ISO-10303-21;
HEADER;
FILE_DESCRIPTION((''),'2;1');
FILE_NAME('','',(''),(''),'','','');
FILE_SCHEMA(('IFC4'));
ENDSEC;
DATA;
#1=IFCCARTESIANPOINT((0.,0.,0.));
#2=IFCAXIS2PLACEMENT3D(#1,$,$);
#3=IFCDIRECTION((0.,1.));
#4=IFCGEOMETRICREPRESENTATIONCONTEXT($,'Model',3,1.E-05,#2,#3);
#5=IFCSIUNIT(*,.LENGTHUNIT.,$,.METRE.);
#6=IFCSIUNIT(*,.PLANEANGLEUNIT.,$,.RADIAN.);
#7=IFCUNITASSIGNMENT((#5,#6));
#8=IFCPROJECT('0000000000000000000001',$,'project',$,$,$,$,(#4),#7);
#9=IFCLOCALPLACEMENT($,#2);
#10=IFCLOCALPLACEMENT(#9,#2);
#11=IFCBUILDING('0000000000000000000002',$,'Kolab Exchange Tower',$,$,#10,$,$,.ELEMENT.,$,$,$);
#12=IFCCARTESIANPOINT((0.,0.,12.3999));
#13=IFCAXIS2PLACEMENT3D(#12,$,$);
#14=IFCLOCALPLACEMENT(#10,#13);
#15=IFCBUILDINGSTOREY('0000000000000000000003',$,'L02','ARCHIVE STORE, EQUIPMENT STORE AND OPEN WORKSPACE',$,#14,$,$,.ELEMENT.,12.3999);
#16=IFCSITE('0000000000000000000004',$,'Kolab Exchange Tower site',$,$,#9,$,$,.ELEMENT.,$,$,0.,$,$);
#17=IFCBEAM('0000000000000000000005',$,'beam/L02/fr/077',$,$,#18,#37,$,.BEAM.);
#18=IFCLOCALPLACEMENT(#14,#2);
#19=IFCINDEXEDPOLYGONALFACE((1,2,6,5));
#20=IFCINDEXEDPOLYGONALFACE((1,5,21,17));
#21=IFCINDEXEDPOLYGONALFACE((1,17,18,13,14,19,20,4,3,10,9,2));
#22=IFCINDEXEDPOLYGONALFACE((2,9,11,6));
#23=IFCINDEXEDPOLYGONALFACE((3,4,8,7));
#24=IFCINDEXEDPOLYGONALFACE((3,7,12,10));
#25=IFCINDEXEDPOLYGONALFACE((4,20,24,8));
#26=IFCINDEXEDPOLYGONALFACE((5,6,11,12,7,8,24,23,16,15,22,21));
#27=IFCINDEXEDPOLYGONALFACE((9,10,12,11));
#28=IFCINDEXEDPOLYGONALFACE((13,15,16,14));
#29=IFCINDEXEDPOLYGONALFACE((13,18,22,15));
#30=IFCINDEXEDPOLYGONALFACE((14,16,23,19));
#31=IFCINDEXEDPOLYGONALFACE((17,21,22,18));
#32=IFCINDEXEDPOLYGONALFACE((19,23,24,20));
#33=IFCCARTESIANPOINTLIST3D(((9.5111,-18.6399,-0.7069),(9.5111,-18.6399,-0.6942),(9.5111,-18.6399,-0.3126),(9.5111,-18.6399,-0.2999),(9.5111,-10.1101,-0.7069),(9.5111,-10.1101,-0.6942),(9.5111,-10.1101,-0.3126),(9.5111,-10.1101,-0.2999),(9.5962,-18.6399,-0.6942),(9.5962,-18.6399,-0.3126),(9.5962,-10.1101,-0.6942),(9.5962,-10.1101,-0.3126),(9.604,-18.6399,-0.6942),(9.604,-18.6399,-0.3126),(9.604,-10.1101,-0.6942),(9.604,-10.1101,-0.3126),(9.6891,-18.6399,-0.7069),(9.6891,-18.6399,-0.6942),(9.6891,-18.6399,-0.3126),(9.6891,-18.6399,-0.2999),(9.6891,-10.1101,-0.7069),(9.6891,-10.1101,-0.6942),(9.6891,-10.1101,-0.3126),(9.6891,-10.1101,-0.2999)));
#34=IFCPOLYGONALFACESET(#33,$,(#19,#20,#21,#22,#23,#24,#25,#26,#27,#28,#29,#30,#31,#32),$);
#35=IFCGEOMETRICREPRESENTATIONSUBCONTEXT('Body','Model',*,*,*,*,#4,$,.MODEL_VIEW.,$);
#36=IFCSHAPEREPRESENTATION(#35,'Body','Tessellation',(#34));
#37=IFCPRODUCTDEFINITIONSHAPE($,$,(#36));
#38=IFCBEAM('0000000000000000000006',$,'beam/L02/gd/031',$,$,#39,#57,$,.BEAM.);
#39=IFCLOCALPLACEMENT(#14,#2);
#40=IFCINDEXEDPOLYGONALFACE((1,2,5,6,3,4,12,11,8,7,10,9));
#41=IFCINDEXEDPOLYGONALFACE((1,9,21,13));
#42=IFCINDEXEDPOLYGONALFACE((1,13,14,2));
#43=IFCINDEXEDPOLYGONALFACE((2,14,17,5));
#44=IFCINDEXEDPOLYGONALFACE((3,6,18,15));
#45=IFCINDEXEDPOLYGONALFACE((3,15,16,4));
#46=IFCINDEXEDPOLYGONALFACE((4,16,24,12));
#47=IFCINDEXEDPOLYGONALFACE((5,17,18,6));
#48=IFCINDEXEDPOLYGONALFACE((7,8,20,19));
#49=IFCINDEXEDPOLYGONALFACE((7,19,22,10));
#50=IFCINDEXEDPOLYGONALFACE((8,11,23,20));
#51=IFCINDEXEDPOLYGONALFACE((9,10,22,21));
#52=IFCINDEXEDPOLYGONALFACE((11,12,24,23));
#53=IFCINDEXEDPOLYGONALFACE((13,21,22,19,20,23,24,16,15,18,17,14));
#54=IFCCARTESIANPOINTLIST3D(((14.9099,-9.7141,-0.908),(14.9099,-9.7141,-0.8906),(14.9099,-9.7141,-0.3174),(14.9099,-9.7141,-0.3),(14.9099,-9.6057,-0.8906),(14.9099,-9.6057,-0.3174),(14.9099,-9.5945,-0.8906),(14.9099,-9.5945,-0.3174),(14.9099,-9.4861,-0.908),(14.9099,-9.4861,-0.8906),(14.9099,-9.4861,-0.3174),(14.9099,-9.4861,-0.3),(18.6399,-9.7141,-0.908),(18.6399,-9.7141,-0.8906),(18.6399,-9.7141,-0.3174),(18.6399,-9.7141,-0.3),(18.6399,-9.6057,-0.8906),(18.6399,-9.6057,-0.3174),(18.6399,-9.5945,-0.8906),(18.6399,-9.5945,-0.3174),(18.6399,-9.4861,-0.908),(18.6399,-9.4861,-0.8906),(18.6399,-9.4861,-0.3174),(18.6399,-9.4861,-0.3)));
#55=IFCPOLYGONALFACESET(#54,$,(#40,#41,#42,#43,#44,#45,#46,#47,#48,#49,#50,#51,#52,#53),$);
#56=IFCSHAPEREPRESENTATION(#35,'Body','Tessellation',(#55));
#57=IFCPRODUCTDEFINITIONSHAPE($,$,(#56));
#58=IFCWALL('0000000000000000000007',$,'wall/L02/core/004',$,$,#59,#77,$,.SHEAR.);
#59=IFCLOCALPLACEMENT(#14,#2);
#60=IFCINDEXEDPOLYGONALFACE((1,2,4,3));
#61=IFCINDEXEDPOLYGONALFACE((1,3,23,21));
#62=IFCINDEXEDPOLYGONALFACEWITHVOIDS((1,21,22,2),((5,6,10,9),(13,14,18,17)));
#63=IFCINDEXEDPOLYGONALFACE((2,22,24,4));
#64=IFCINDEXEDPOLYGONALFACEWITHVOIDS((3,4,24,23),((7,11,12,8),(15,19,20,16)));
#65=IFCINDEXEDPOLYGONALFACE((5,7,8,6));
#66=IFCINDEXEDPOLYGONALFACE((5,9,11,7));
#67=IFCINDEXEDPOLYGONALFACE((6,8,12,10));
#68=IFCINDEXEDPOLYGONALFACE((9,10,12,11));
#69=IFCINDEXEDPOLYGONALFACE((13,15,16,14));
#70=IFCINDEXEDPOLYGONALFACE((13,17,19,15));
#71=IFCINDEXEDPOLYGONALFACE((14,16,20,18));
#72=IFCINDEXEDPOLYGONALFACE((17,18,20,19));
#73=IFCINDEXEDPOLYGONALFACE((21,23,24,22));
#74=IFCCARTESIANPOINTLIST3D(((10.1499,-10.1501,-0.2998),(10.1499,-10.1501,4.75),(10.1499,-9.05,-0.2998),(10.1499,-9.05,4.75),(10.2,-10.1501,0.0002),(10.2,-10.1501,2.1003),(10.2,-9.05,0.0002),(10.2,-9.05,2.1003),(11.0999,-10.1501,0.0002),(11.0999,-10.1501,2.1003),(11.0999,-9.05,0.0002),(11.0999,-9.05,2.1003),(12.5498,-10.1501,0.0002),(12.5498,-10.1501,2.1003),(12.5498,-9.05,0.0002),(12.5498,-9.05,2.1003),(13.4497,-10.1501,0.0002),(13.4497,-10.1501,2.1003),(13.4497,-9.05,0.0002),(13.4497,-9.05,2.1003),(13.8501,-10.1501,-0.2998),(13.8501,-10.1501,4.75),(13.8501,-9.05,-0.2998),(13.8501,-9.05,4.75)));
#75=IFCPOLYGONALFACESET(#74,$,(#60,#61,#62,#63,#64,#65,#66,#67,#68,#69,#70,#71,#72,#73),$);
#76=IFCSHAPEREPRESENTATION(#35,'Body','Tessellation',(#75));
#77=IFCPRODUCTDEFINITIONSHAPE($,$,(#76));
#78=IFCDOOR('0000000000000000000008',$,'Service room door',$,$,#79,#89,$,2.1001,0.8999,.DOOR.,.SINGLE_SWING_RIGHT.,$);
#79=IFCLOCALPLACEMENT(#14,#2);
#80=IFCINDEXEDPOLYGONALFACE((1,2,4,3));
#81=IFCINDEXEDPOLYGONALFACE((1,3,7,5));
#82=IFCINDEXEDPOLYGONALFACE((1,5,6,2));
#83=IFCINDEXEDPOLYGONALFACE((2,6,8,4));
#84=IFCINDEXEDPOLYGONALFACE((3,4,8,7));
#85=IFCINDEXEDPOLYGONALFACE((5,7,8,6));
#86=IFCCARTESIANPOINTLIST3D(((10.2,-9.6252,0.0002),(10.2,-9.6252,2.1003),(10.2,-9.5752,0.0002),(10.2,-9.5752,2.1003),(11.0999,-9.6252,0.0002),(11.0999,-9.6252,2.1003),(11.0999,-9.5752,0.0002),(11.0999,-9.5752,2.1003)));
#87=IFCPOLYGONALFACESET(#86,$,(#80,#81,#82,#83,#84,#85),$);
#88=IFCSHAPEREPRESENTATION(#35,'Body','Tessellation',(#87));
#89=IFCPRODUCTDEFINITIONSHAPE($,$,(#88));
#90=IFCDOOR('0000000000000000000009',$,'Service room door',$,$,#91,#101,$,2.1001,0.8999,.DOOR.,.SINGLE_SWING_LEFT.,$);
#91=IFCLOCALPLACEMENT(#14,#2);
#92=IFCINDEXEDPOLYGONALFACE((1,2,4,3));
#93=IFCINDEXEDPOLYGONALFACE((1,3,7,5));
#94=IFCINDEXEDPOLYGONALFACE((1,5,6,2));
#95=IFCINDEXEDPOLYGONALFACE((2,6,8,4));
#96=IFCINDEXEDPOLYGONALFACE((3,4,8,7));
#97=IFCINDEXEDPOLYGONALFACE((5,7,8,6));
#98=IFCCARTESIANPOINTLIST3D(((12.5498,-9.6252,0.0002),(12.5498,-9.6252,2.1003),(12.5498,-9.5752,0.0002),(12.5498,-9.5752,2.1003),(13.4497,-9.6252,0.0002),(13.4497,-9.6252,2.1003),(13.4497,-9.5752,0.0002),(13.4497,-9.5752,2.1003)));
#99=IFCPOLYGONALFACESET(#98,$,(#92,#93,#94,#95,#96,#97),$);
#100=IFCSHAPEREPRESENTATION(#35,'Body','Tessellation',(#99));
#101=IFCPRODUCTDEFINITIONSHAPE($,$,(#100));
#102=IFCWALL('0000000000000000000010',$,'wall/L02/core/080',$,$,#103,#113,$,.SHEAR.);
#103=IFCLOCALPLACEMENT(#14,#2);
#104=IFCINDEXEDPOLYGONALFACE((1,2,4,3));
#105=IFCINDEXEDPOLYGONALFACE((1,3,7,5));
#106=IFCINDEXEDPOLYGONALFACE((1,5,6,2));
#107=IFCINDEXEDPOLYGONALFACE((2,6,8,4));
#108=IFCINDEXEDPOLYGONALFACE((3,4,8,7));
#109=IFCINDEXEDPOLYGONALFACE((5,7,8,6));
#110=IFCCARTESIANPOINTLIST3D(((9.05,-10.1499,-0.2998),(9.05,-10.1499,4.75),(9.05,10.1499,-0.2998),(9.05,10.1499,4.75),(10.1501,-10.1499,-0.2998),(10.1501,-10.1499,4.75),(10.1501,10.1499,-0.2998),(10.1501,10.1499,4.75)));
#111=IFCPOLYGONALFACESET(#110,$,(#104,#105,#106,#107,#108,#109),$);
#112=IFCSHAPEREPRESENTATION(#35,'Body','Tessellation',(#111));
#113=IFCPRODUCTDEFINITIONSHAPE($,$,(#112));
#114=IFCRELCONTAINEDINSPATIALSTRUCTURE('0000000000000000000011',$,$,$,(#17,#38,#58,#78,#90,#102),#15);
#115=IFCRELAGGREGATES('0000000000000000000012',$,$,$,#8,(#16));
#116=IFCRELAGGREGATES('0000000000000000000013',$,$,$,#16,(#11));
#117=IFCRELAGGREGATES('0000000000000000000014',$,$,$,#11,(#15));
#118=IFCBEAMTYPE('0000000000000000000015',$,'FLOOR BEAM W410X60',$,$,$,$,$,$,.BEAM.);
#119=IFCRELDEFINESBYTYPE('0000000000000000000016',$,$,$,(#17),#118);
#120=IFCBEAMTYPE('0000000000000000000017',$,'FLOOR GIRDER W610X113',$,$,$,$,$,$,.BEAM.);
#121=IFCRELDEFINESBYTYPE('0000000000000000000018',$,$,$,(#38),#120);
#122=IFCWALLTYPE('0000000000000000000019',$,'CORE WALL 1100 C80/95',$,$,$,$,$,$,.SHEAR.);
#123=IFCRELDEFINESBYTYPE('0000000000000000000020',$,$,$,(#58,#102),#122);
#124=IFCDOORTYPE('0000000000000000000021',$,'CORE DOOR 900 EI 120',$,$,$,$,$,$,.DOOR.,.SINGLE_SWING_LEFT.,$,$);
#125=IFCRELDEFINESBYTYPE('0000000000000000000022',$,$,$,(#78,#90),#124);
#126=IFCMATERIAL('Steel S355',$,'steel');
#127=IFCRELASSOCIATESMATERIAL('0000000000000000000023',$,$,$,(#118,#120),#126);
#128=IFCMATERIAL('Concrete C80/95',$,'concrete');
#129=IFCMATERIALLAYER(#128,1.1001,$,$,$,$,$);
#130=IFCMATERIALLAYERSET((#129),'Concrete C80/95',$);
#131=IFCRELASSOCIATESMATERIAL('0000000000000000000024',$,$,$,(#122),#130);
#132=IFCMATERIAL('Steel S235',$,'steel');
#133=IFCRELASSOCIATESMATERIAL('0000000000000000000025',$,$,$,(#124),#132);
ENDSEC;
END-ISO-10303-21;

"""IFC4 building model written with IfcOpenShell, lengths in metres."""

from ifc_helpers import new_model, si_unit, direction, frame, frame_2d, origin, origin_2d, place, context, subcontext, project, spatial, rectangle, i_section, extrude, material, layer, layer_set, material_profile, profile_set, type_object, element, fill, save


model = new_model("IFC4")

# Units and contexts
model_context = context("Model", 3, precision=1e-05, world=origin(), true_north=direction((0.0, 1.0)))
body_context = subcontext(model_context, "Body", "Model", "MODEL_VIEW")
ifc_project = project(units=[si_unit("LENGTHUNIT", "METRE"), si_unit("PLANEANGLEUNIT", "RADIAN")], contexts=[model_context])

# Site, building, storey
site_placement = place(None, origin())
site = spatial("IfcSite", under=ifc_project, at=site_placement, Name="Kolab Exchange Tower site", CompositionType="ELEMENT", RefElevation=0.0)
building_placement = place(site_placement, origin())
building = spatial("IfcBuilding", under=site, at=building_placement, Name="Kolab Exchange Tower", CompositionType="ELEMENT")
storey_placement = place(building_placement, frame((0.0, 0.0, 12.3999)))
storey = spatial("IfcBuildingStorey", under=building, at=storey_placement, Name="L02", Description="ARCHIVE STORE, EQUIPMENT STORE AND OPEN WORKSPACE", CompositionType="ELEMENT", Elevation=12.3999)

# Beams
ifc_material_1 = material(Name="Steel S355", Category="steel")
ifc_material_profile_1 = material_profile(ifc_material_1, i_section(OverallWidth=0.178, OverallDepth=0.407, WebThickness=0.0078, FlangeThickness=0.0127, at=origin_2d()), Name="W410X60")
ifc_profile_set_1 = profile_set([ifc_material_profile_1], Name="Steel S355")
beam_type_1 = type_object("IfcBeamType", Name="FLOOR BEAM W410X60", PredefinedType="BEAM", material=ifc_profile_set_1)
beam_1_placement = place(storey_placement, frame((9.6001, -18.6399, -0.5034), z_axis=(0.0, 1.0, 0.0), x_axis=(-1.0, 0.0, 0.0)))
element("IfcBeam", 1, at=beam_1_placement, inside=storey, type_object=beam_type_1, Name="beam/L02/fr/077", PredefinedType="BEAM", context=body_context, shape_type="SweptSolid", body=[
    extrude(i_section(OverallWidth=0.178, OverallDepth=0.407, WebThickness=0.0078, FlangeThickness=0.0127, at=origin_2d()), origin(), (0.0, 0.0, 1.0), 8.5298),
])
ifc_material_profile_2 = material_profile(ifc_material_1, i_section(OverallWidth=0.228, OverallDepth=0.6079, WebThickness=0.0112, FlangeThickness=0.0173, at=origin_2d()), Name="W610X113")
ifc_profile_set_2 = profile_set([ifc_material_profile_2], Name="Steel S355")
beam_type_2 = type_object("IfcBeamType", Name="FLOOR GIRDER W610X113", PredefinedType="BEAM", material=ifc_profile_set_2)
beam_2_placement = place(storey_placement, frame((14.9099, -9.6001, -0.604), z_axis=(1.0, 0.0, 0.0), x_axis=(0.0, 1.0, 0.0)))
element("IfcBeam", 2, at=beam_2_placement, inside=storey, type_object=beam_type_2, Name="beam/L02/gd/031", PredefinedType="BEAM", context=body_context, shape_type="SweptSolid", body=[
    extrude(i_section(OverallWidth=0.228, OverallDepth=0.6079, WebThickness=0.0112, FlangeThickness=0.0173, at=origin_2d()), origin(), (0.0, 0.0, 1.0), 3.73),
])

# Wall, openings, doors
ifc_material_2 = material(Name="Concrete C80/95", Category="concrete")
ifc_layer_1 = layer(ifc_material_2, 1.1001)
ifc_layer_set_1 = layer_set([ifc_layer_1], Name="Concrete C80/95")
wall_type_1 = type_object("IfcWallType", Name="CORE WALL 1100 C80/95", PredefinedType="SHEAR", material=ifc_layer_set_1)
wall_1_placement = place(storey_placement, frame((10.1499, -9.6001, -0.2998), z_axis=(0.0, 0.0, 1.0), x_axis=(1.0, 0.0, 0.0)))
wall_1 = element("IfcWall", 3, at=wall_1_placement, inside=storey, type_object=wall_type_1, Name="wall/L02/core/004", PredefinedType="SHEAR", context=body_context, shape_type="SweptSolid", body=[
    extrude(rectangle(XDim=3.7002, YDim=1.1001, at=frame_2d((1.8501, 0.0))), origin(), (0.0, 0.0, 1.0), 5.0498),
])
opening_1_placement = place(wall_1_placement, frame((0.05, 0.0, 0.3)))
opening_1 = element("IfcOpeningElement", 4, at=opening_1_placement, cuts=wall_1, PredefinedType="OPENING", context=body_context, shape_type="SweptSolid", body=[
    extrude(rectangle(XDim=0.8999, YDim=2.1001, at=frame_2d((0.45, 1.05))), frame((0.0, 0.5601, 0.0), z_axis=(0.0, -1.0, 0.0), x_axis=(1.0, 0.0, 0.0)), (0.0, 0.0, 1.0), 1.1201),
])
opening_2_placement = place(wall_1_placement, frame((2.3999, 0.0, 0.3)))
opening_2 = element("IfcOpeningElement", 5, at=opening_2_placement, cuts=wall_1, PredefinedType="OPENING", context=body_context, shape_type="SweptSolid", body=[
    extrude(rectangle(XDim=0.8999, YDim=2.1001, at=frame_2d((0.45, 1.05))), frame((0.0, 0.5601, 0.0), z_axis=(0.0, -1.0, 0.0), x_axis=(1.0, 0.0, 0.0)), (0.0, 0.0, 1.0), 1.1201),
])
ifc_material_3 = material(Name="Steel S235", Category="steel")
door_type_1 = type_object("IfcDoorType", Name="CORE DOOR 900 EI 120", OperationType="SINGLE_SWING_LEFT", PredefinedType="DOOR", material=ifc_material_3)
door_1_placement = place(opening_1_placement, origin())
door_1 = element("IfcDoor", 6, at=door_1_placement, inside=storey, type_object=door_type_1, Name="Service room door", OperationType="SINGLE_SWING_RIGHT", OverallHeight=2.1001, OverallWidth=0.8999, PredefinedType="DOOR", context=body_context, shape_type="SweptSolid", body=[
    extrude(rectangle(XDim=0.8999, YDim=2.1001, at=frame_2d((0.45, 1.05))), frame((0.0, 0.0249, 0.0), z_axis=(0.0, -1.0, 0.0), x_axis=(1.0, 0.0, 0.0)), (0.0, 0.0, 1.0), 0.05),
])
fill(opening_1, door_1)
door_2_placement = place(opening_2_placement, origin())
door_2 = element("IfcDoor", 7, at=door_2_placement, inside=storey, type_object=door_type_1, Name="Service room door", OperationType="SINGLE_SWING_LEFT", OverallHeight=2.1001, OverallWidth=0.8999, PredefinedType="DOOR", context=body_context, shape_type="SweptSolid", body=[
    extrude(rectangle(XDim=0.8999, YDim=2.1001, at=frame_2d((0.45, 1.05))), frame((0.0, 0.0249, 0.0), z_axis=(0.0, -1.0, 0.0), x_axis=(1.0, 0.0, 0.0)), (0.0, 0.0, 1.0), 0.05),
])
fill(opening_2, door_2)

# Wall
wall_2_placement = place(storey_placement, frame((9.6001, -10.1499, -0.2998), z_axis=(0.0, 0.0, 1.0), x_axis=(0.0, 1.0, 0.0)))
element("IfcWall", 8, at=wall_2_placement, inside=storey, type_object=wall_type_1, Name="wall/L02/core/080", PredefinedType="SHEAR", context=body_context, shape_type="SweptSolid", body=[
    extrude(rectangle(XDim=20.2998, YDim=1.1001, at=frame_2d((10.1499, 0.0))), origin(), (0.0, 0.0, 1.0), 5.0498),
])

save(model, "model.ifc")
